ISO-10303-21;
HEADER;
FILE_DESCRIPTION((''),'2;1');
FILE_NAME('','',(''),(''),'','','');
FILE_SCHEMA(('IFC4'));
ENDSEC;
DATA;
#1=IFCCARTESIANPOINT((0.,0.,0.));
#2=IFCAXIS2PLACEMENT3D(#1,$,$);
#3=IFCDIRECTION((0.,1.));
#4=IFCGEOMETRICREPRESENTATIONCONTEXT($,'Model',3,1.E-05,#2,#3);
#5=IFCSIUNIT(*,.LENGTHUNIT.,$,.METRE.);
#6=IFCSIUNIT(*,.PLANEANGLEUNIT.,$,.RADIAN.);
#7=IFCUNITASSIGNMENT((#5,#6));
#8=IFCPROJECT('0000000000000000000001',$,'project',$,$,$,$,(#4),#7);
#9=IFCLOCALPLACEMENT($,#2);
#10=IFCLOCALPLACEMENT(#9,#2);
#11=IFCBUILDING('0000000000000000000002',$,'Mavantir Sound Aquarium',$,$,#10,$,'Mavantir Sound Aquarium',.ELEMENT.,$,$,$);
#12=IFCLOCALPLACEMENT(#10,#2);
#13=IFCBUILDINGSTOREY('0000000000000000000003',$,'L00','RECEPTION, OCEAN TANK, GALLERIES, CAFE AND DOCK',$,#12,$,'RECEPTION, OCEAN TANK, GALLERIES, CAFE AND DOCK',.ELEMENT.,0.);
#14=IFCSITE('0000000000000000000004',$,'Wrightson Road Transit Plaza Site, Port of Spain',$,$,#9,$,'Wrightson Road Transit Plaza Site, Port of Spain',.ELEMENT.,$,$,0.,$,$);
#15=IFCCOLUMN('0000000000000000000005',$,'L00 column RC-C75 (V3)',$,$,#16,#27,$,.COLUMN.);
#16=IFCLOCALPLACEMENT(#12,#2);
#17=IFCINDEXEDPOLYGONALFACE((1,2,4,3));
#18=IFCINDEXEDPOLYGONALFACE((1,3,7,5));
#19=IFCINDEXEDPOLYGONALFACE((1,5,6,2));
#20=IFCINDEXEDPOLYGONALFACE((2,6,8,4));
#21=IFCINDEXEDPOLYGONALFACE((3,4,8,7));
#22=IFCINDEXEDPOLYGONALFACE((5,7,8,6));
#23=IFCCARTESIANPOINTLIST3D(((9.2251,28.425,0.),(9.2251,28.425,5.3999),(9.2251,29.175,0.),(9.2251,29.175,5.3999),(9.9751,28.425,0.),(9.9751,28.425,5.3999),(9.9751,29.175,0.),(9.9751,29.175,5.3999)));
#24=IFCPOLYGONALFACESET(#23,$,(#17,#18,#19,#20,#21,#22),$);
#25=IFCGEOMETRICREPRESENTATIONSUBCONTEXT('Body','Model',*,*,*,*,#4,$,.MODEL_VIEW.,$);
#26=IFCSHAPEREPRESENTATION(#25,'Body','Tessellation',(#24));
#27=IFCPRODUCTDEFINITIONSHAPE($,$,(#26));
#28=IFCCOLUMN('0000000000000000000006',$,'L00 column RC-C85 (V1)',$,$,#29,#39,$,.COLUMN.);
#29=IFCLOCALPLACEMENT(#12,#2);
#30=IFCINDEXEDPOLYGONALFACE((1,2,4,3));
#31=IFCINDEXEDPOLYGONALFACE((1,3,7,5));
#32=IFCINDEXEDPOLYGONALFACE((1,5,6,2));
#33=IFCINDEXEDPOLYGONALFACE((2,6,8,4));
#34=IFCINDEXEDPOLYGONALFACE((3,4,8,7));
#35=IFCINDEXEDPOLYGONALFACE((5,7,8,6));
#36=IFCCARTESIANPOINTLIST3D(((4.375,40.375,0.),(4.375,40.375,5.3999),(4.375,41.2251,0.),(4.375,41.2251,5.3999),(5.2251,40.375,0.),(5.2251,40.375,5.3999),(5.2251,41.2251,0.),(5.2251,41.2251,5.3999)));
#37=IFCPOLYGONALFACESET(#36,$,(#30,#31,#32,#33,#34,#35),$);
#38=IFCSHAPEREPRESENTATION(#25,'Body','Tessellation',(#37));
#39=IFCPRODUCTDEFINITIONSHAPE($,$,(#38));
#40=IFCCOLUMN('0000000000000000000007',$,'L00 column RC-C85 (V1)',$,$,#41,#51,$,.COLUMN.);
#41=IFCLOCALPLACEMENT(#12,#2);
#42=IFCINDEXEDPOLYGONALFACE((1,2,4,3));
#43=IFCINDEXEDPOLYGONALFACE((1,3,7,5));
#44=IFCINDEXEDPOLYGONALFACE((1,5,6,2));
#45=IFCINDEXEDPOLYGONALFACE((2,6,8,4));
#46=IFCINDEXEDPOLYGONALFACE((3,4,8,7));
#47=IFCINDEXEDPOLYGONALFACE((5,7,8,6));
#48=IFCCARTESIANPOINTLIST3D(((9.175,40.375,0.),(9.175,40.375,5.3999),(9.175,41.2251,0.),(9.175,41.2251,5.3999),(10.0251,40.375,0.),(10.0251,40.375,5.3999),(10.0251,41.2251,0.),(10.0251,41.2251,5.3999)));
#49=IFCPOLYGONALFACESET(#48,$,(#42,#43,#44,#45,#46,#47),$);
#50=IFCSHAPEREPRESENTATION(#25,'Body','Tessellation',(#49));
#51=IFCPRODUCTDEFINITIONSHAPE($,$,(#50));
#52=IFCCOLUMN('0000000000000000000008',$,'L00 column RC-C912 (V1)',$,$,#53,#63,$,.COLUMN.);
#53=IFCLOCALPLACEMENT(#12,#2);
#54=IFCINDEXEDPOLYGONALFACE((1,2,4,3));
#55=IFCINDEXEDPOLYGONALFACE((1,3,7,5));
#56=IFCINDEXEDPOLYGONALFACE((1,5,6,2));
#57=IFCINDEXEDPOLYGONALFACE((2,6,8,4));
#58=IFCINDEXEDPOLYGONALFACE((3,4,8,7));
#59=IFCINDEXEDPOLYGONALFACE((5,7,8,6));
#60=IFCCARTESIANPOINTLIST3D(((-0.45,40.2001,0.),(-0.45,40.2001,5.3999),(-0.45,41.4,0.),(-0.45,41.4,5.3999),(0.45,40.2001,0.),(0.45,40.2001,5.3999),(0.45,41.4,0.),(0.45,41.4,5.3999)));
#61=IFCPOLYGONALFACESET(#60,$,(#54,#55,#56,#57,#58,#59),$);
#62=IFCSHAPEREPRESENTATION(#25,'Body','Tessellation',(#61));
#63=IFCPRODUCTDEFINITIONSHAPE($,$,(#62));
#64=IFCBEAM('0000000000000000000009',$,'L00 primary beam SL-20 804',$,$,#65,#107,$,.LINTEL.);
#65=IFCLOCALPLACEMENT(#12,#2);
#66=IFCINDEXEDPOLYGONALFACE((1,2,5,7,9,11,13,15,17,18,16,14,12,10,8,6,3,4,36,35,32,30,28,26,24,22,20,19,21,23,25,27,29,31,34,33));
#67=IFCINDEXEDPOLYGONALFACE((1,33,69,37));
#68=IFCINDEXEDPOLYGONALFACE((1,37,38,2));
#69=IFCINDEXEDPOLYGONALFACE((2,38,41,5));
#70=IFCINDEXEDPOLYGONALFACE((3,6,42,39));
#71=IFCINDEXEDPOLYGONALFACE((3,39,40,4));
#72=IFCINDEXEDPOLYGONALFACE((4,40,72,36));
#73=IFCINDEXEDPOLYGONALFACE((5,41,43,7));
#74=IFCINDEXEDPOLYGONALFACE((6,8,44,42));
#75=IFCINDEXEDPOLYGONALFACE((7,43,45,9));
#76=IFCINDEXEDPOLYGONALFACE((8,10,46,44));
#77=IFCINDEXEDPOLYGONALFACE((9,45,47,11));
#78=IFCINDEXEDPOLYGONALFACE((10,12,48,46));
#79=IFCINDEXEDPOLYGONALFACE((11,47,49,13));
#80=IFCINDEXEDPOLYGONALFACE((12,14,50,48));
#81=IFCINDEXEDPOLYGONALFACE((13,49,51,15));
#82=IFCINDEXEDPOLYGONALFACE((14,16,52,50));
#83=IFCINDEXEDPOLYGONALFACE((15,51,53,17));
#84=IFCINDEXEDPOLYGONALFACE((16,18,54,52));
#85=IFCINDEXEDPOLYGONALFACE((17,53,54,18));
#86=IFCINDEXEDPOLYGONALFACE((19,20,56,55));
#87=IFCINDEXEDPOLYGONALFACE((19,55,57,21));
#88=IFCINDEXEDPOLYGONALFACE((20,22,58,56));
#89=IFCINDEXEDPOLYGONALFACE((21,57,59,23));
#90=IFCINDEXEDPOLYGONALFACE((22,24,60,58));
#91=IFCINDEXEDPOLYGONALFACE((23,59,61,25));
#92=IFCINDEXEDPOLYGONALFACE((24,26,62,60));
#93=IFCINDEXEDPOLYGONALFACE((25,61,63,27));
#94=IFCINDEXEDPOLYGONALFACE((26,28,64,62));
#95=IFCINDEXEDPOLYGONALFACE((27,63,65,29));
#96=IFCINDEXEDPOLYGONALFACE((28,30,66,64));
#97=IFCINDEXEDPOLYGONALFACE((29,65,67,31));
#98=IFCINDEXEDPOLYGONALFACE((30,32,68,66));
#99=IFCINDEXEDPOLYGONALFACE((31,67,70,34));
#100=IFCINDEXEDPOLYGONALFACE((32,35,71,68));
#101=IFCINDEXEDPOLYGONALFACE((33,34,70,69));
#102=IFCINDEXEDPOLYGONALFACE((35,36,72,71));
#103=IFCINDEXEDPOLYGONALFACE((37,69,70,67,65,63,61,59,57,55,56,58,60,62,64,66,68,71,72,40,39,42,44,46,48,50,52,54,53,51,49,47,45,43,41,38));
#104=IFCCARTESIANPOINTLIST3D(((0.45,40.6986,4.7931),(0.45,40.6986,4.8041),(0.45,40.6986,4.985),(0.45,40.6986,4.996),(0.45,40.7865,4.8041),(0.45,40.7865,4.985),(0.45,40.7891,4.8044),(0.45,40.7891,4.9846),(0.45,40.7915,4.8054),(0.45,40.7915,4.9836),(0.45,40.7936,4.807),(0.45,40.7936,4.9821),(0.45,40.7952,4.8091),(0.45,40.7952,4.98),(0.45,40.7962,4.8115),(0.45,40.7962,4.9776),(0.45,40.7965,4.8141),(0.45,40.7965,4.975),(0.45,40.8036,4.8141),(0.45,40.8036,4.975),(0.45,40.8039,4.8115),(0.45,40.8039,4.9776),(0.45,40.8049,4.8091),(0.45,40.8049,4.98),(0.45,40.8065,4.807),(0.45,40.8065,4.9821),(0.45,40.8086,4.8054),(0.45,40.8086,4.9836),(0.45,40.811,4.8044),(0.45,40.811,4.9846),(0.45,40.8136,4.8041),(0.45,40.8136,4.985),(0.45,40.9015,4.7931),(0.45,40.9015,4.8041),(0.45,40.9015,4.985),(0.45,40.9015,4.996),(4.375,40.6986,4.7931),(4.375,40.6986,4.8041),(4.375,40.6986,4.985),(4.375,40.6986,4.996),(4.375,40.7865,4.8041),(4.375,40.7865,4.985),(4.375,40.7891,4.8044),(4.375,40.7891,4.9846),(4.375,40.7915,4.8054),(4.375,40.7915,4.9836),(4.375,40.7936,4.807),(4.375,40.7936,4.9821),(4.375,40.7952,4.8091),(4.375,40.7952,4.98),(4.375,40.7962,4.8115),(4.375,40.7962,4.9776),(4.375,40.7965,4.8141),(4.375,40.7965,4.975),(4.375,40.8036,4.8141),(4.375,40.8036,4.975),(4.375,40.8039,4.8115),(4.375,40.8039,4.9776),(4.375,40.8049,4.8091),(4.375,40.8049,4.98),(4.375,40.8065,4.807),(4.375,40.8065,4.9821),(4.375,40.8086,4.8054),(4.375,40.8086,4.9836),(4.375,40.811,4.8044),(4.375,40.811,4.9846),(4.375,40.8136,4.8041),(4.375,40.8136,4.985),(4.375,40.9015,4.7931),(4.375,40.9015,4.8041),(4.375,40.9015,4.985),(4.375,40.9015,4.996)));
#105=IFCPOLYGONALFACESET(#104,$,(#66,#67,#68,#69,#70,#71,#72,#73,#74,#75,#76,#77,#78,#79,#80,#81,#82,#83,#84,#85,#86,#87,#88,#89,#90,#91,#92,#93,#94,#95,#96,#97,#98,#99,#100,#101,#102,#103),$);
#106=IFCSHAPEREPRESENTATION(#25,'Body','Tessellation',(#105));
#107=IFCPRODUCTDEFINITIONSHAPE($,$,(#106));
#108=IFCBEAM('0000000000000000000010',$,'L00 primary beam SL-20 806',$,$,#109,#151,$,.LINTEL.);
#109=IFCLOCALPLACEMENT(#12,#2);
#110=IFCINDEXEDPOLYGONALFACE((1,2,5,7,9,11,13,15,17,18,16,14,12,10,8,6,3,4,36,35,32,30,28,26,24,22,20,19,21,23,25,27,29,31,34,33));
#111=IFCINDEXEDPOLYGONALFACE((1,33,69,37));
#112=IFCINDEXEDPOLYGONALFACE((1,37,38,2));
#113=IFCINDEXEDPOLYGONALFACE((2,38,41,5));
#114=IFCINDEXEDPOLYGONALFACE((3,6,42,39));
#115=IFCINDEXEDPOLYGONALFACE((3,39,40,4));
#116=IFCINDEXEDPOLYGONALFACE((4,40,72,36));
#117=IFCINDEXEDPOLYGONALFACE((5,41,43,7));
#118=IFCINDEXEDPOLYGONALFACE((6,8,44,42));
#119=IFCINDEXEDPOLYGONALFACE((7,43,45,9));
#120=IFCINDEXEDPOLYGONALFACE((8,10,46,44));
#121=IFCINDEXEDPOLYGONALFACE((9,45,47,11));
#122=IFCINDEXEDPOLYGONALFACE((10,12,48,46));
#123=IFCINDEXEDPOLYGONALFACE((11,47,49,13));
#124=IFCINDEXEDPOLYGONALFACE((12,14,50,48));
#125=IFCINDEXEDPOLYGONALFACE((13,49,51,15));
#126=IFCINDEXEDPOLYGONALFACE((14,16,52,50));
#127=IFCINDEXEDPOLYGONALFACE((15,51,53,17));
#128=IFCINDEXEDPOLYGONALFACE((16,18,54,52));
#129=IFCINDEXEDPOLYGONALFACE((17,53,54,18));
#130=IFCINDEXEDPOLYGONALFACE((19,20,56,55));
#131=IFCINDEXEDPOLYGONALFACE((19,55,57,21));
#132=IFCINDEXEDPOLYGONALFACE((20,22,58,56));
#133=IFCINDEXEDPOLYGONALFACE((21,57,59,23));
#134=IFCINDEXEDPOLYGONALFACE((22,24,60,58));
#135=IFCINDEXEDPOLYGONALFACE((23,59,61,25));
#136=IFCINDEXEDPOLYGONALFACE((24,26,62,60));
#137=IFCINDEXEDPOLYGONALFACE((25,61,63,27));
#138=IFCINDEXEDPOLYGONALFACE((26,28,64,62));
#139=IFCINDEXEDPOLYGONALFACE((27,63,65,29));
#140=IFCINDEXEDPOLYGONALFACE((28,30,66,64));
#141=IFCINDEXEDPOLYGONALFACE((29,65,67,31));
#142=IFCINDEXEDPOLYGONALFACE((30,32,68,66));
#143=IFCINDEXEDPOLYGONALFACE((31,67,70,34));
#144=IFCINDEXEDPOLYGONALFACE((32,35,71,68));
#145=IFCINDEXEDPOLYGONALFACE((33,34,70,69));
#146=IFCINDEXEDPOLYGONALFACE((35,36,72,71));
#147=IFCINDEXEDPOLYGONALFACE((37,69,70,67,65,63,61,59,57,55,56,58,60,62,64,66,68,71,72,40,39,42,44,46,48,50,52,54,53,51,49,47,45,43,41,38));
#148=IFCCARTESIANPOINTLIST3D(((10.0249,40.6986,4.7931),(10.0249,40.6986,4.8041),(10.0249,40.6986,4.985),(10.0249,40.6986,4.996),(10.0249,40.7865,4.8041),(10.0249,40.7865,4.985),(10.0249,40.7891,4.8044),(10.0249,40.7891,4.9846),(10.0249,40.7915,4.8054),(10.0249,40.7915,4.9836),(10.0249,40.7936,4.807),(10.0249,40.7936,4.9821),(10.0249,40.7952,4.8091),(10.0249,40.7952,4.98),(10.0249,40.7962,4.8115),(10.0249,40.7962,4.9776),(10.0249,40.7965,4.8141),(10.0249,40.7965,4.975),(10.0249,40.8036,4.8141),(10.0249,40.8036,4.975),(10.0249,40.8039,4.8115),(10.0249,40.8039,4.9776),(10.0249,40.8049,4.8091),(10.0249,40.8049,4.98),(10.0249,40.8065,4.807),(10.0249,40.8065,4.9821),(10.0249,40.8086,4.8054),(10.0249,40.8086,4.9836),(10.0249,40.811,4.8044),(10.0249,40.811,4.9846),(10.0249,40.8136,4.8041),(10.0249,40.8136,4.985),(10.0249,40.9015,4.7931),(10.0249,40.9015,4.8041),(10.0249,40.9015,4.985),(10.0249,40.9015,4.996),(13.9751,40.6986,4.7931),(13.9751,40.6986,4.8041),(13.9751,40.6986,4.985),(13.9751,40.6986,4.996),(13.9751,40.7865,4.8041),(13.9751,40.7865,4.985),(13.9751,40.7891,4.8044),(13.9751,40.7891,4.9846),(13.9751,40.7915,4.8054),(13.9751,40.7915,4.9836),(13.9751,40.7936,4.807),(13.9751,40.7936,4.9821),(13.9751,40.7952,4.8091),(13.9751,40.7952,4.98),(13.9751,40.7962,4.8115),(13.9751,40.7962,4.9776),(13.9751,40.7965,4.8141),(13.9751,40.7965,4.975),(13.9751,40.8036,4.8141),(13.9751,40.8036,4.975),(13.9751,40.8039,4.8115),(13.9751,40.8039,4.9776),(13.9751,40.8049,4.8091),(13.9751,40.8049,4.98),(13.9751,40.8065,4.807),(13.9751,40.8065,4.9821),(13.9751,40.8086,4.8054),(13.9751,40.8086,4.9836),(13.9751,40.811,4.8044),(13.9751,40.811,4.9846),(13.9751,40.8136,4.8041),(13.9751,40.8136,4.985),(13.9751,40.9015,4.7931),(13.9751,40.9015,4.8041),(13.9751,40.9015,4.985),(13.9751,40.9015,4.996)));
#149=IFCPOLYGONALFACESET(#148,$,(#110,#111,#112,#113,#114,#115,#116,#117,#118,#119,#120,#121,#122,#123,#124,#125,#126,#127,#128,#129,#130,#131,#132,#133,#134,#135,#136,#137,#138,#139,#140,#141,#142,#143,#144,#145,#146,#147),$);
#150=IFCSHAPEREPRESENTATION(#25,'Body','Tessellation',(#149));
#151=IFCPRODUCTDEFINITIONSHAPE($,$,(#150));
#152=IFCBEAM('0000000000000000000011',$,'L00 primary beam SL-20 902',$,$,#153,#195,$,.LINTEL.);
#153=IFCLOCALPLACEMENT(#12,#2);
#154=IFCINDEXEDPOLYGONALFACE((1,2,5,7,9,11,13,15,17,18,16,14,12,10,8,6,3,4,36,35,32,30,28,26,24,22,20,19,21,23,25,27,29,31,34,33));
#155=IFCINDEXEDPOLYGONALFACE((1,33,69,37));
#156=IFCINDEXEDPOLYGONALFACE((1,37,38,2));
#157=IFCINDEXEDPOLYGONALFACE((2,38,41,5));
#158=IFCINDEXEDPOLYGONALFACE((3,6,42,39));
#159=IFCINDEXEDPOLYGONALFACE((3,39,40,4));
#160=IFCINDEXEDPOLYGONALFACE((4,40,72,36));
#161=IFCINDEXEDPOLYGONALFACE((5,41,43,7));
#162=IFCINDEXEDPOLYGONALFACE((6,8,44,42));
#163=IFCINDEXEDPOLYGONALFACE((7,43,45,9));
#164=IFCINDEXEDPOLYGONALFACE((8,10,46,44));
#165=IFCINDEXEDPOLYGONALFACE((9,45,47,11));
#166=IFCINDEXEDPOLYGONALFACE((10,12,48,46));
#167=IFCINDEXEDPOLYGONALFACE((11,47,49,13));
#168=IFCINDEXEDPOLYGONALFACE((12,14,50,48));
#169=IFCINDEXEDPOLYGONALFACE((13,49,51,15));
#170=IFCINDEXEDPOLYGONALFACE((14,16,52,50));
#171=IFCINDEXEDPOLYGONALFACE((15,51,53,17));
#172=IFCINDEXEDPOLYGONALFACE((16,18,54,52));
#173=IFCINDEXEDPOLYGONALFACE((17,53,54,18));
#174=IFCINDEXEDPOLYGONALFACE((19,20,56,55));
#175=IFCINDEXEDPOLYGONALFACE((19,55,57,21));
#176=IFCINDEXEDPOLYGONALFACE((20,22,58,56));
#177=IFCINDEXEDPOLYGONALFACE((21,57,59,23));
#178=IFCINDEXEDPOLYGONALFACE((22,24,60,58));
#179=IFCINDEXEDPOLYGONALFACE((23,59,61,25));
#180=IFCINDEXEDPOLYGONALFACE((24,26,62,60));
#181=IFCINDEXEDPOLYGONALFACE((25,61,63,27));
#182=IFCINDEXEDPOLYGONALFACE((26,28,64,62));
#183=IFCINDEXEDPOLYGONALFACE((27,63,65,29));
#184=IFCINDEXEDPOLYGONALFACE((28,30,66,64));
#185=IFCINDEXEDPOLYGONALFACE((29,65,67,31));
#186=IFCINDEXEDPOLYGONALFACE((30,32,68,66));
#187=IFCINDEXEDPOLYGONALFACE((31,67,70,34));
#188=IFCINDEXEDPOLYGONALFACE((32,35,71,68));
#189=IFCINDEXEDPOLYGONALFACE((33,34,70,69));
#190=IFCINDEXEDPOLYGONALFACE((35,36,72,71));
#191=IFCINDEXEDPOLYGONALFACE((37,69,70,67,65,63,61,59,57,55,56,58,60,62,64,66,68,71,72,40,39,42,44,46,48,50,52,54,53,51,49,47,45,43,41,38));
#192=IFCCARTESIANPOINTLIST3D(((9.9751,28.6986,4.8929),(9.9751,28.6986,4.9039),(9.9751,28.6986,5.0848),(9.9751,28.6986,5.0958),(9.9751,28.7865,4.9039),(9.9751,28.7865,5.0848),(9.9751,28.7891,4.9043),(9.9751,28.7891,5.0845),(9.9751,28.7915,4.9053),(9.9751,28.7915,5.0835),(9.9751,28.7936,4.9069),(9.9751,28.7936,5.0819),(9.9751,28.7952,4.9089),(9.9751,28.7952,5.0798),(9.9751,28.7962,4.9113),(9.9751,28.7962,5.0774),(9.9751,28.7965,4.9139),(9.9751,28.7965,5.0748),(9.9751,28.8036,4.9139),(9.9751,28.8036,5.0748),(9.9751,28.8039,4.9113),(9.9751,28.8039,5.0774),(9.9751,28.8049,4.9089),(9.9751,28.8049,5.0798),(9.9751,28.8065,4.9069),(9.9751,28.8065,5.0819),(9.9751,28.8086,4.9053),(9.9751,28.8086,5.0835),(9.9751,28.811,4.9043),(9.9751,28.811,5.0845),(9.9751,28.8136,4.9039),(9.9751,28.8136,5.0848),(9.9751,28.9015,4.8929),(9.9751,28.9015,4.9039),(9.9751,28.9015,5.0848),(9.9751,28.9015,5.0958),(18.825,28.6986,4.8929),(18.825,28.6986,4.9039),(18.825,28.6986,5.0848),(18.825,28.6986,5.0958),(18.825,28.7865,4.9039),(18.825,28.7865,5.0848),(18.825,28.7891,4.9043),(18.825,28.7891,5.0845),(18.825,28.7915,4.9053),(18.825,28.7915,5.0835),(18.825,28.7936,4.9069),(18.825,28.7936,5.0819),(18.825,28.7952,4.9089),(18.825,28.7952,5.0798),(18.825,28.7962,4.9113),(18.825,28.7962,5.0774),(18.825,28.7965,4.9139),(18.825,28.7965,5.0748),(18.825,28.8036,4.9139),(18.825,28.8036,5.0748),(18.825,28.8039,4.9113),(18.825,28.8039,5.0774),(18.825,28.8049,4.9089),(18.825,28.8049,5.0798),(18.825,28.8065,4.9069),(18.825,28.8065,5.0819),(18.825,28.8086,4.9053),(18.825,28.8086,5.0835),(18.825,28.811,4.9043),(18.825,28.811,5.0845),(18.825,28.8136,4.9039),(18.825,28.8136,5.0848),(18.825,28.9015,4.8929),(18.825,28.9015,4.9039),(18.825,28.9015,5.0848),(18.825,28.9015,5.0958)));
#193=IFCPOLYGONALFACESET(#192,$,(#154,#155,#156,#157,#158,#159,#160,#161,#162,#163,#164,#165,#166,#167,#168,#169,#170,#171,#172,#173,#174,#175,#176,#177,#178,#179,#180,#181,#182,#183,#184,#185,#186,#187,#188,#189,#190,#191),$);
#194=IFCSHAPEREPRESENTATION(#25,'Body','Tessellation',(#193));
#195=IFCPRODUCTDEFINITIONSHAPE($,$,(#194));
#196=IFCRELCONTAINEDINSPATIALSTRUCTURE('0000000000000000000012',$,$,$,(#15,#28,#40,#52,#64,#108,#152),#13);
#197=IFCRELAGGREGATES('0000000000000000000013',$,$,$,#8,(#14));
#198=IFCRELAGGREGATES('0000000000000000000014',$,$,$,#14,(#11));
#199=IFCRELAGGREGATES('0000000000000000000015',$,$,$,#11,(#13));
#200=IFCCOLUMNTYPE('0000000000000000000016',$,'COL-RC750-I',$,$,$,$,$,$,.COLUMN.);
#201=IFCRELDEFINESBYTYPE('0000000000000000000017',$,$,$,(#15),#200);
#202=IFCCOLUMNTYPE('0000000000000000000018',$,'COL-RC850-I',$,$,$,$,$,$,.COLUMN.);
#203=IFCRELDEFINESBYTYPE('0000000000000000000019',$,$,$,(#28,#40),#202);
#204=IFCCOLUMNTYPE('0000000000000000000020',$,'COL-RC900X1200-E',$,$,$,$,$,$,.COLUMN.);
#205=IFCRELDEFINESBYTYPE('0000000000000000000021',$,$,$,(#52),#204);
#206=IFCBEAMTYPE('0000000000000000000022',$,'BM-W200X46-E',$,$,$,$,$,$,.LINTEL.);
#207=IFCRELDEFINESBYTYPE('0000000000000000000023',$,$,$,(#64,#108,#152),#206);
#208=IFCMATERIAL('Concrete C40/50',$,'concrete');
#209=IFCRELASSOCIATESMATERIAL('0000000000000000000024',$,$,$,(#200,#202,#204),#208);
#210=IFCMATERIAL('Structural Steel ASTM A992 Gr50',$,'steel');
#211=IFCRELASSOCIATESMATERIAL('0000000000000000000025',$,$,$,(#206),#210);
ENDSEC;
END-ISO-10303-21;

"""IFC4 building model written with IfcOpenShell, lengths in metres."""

from ifc_helpers import new_model, si_unit, direction, frame, origin, origin_2d, place, context, subcontext, project, spatial, rectangle, i_section, extrude, material, material_profile, profile_set, type_object, element, save


model = new_model("IFC4")

# Units and contexts
model_context = context("Model", 3, precision=1e-05, world=origin(), true_north=direction((0.0, 1.0)))
body_context = subcontext(model_context, "Body", "Model", "MODEL_VIEW")
ifc_project = project(units=[si_unit("LENGTHUNIT", "METRE"), si_unit("PLANEANGLEUNIT", "RADIAN")], contexts=[model_context])

# Site, building, storey
site_placement = place(None, origin())
site = spatial("IfcSite", under=ifc_project, at=site_placement, Name="Wrightson Road Transit Plaza Site, Port of Spain", LongName="Wrightson Road Transit Plaza Site, Port of Spain", CompositionType="ELEMENT", RefElevation=0.0)
building_placement = place(site_placement, origin())
building = spatial("IfcBuilding", under=site, at=building_placement, Name="Mavantir Sound Aquarium", LongName="Mavantir Sound Aquarium", CompositionType="ELEMENT")
storey_placement = place(building_placement, origin())
storey = spatial("IfcBuildingStorey", under=building, at=storey_placement, Name="L00", Description="RECEPTION, OCEAN TANK, GALLERIES, CAFE AND DOCK", LongName="RECEPTION, OCEAN TANK, GALLERIES, CAFE AND DOCK", CompositionType="ELEMENT", Elevation=0.0)

# Columns
ifc_material_1 = material(Name="Concrete C40/50", Category="concrete")
ifc_material_profile_1 = material_profile(ifc_material_1, rectangle(XDim=0.75, YDim=0.75, at=origin_2d()), Name="RC 750X750")
ifc_profile_set_1 = profile_set([ifc_material_profile_1], Name="Concrete C40/50")
column_type_1 = type_object("IfcColumnType", Name="COL-RC750-I", PredefinedType="COLUMN", material=ifc_profile_set_1)
column_1_placement = place(storey_placement, frame((9.6001, 28.8, 0.0), z_axis=(0.0, 0.0, 1.0), x_axis=(1.0, 0.0, 0.0)))
element("IfcColumn", 1, at=column_1_placement, inside=storey, type_object=column_type_1, Name="L00 column RC-C75 (V3)", PredefinedType="COLUMN", context=body_context, shape_type="SweptSolid", body=[
    extrude(rectangle(XDim=0.75, YDim=0.75, at=origin_2d()), origin(), (0.0, 0.0, 1.0), 5.3999),
])
ifc_material_profile_2 = material_profile(ifc_material_1, rectangle(XDim=0.8501, YDim=0.8501, at=origin_2d()), Name="RC 850X850")
ifc_profile_set_2 = profile_set([ifc_material_profile_2], Name="Concrete C40/50")
column_type_2 = type_object("IfcColumnType", Name="COL-RC850-I", PredefinedType="COLUMN", material=ifc_profile_set_2)
for number, where, z_axis, x_axis, name in (
    (2, (4.8, 40.8, 0.0), (0.0, 0.0, 1.0), (1.0, 0.0, 0.0), "L00 column RC-C85 (V1)"),
    (3, (9.6001, 40.8, 0.0), (0.0, 0.0, 1.0), (1.0, 0.0, 0.0), "L00 column RC-C85 (V1)"),
):
    element("IfcColumn", number, at=place(storey_placement, frame(where, z_axis=z_axis, x_axis=x_axis)), inside=storey, type_object=column_type_2, Name=name, PredefinedType="COLUMN", context=body_context, shape_type="SweptSolid", body=[
        extrude(rectangle(XDim=0.8501, YDim=0.8501, at=origin_2d()), origin(), (0.0, 0.0, 1.0), 5.3999),
    ])
ifc_material_profile_3 = material_profile(ifc_material_1, rectangle(XDim=0.8999, YDim=1.2, at=origin_2d()), Name="RC 900X1200")
ifc_profile_set_3 = profile_set([ifc_material_profile_3], Name="Concrete C40/50")
column_type_3 = type_object("IfcColumnType", Name="COL-RC900X1200-E", PredefinedType="COLUMN", material=ifc_profile_set_3)
column_2_placement = place(storey_placement, frame((0.0, 40.8, 0.0), z_axis=(0.0, 0.0, 1.0), x_axis=(1.0, 0.0, 0.0)))
element("IfcColumn", 4, at=column_2_placement, inside=storey, type_object=column_type_3, Name="L00 column RC-C912 (V1)", PredefinedType="COLUMN", context=body_context, shape_type="SweptSolid", body=[
    extrude(rectangle(XDim=0.8999, YDim=1.2, at=origin_2d()), origin(), (0.0, 0.0, 1.0), 5.3999),
])

# Beams
ifc_material_2 = material(Name="Structural Steel ASTM A992 Gr50", Category="steel")
ifc_material_profile_4 = material_profile(ifc_material_2, i_section(OverallWidth=0.2029, OverallDepth=0.2029, WebThickness=0.0071, FlangeThickness=0.011, FilletRadius=0.01, at=origin_2d()), Name="W200X46")
ifc_profile_set_4 = profile_set([ifc_material_profile_4], Name="Structural Steel ASTM A992 Gr50")
beam_type_1 = type_object("IfcBeamType", Name="BM-W200X46-E", PredefinedType="LINTEL", material=ifc_profile_set_4)
beam_1_placement = place(storey_placement, frame((0.45, 40.8, 4.8945), z_axis=(1.0, 0.0, 0.0), x_axis=(0.0, 1.0, 0.0)))
element("IfcBeam", 5, at=beam_1_placement, inside=storey, type_object=beam_type_1, Name="L00 primary beam SL-20 804", PredefinedType="LINTEL", context=body_context, shape_type="SweptSolid", body=[
    extrude(i_section(OverallWidth=0.2029, OverallDepth=0.2029, WebThickness=0.0071, FlangeThickness=0.011, FilletRadius=0.01, at=origin_2d()), origin(), (0.0, 0.0, 1.0), 3.925),
])
beam_2_placement = place(storey_placement, frame((10.0249, 40.8, 4.8945), z_axis=(1.0, 0.0, 0.0), x_axis=(0.0, 1.0, 0.0)))
element("IfcBeam", 6, at=beam_2_placement, inside=storey, type_object=beam_type_1, Name="L00 primary beam SL-20 806", PredefinedType="LINTEL", context=body_context, shape_type="SweptSolid", body=[
    extrude(i_section(OverallWidth=0.2029, OverallDepth=0.2029, WebThickness=0.0071, FlangeThickness=0.011, FilletRadius=0.01, at=origin_2d()), origin(), (0.0, 0.0, 1.0), 3.9502),
])
beam_3_placement = place(storey_placement, frame((9.9751, 28.8, 4.9944), z_axis=(1.0, 0.0, 0.0), x_axis=(0.0, 1.0, 0.0)))
element("IfcBeam", 7, at=beam_3_placement, inside=storey, type_object=beam_type_1, Name="L00 primary beam SL-20 902", PredefinedType="LINTEL", context=body_context, shape_type="SweptSolid", body=[
    extrude(i_section(OverallWidth=0.2029, OverallDepth=0.2029, WebThickness=0.0071, FlangeThickness=0.011, FilletRadius=0.01, at=origin_2d()), origin(), (0.0, 0.0, 1.0), 8.8499),
])

save(model, "model.ifc")
